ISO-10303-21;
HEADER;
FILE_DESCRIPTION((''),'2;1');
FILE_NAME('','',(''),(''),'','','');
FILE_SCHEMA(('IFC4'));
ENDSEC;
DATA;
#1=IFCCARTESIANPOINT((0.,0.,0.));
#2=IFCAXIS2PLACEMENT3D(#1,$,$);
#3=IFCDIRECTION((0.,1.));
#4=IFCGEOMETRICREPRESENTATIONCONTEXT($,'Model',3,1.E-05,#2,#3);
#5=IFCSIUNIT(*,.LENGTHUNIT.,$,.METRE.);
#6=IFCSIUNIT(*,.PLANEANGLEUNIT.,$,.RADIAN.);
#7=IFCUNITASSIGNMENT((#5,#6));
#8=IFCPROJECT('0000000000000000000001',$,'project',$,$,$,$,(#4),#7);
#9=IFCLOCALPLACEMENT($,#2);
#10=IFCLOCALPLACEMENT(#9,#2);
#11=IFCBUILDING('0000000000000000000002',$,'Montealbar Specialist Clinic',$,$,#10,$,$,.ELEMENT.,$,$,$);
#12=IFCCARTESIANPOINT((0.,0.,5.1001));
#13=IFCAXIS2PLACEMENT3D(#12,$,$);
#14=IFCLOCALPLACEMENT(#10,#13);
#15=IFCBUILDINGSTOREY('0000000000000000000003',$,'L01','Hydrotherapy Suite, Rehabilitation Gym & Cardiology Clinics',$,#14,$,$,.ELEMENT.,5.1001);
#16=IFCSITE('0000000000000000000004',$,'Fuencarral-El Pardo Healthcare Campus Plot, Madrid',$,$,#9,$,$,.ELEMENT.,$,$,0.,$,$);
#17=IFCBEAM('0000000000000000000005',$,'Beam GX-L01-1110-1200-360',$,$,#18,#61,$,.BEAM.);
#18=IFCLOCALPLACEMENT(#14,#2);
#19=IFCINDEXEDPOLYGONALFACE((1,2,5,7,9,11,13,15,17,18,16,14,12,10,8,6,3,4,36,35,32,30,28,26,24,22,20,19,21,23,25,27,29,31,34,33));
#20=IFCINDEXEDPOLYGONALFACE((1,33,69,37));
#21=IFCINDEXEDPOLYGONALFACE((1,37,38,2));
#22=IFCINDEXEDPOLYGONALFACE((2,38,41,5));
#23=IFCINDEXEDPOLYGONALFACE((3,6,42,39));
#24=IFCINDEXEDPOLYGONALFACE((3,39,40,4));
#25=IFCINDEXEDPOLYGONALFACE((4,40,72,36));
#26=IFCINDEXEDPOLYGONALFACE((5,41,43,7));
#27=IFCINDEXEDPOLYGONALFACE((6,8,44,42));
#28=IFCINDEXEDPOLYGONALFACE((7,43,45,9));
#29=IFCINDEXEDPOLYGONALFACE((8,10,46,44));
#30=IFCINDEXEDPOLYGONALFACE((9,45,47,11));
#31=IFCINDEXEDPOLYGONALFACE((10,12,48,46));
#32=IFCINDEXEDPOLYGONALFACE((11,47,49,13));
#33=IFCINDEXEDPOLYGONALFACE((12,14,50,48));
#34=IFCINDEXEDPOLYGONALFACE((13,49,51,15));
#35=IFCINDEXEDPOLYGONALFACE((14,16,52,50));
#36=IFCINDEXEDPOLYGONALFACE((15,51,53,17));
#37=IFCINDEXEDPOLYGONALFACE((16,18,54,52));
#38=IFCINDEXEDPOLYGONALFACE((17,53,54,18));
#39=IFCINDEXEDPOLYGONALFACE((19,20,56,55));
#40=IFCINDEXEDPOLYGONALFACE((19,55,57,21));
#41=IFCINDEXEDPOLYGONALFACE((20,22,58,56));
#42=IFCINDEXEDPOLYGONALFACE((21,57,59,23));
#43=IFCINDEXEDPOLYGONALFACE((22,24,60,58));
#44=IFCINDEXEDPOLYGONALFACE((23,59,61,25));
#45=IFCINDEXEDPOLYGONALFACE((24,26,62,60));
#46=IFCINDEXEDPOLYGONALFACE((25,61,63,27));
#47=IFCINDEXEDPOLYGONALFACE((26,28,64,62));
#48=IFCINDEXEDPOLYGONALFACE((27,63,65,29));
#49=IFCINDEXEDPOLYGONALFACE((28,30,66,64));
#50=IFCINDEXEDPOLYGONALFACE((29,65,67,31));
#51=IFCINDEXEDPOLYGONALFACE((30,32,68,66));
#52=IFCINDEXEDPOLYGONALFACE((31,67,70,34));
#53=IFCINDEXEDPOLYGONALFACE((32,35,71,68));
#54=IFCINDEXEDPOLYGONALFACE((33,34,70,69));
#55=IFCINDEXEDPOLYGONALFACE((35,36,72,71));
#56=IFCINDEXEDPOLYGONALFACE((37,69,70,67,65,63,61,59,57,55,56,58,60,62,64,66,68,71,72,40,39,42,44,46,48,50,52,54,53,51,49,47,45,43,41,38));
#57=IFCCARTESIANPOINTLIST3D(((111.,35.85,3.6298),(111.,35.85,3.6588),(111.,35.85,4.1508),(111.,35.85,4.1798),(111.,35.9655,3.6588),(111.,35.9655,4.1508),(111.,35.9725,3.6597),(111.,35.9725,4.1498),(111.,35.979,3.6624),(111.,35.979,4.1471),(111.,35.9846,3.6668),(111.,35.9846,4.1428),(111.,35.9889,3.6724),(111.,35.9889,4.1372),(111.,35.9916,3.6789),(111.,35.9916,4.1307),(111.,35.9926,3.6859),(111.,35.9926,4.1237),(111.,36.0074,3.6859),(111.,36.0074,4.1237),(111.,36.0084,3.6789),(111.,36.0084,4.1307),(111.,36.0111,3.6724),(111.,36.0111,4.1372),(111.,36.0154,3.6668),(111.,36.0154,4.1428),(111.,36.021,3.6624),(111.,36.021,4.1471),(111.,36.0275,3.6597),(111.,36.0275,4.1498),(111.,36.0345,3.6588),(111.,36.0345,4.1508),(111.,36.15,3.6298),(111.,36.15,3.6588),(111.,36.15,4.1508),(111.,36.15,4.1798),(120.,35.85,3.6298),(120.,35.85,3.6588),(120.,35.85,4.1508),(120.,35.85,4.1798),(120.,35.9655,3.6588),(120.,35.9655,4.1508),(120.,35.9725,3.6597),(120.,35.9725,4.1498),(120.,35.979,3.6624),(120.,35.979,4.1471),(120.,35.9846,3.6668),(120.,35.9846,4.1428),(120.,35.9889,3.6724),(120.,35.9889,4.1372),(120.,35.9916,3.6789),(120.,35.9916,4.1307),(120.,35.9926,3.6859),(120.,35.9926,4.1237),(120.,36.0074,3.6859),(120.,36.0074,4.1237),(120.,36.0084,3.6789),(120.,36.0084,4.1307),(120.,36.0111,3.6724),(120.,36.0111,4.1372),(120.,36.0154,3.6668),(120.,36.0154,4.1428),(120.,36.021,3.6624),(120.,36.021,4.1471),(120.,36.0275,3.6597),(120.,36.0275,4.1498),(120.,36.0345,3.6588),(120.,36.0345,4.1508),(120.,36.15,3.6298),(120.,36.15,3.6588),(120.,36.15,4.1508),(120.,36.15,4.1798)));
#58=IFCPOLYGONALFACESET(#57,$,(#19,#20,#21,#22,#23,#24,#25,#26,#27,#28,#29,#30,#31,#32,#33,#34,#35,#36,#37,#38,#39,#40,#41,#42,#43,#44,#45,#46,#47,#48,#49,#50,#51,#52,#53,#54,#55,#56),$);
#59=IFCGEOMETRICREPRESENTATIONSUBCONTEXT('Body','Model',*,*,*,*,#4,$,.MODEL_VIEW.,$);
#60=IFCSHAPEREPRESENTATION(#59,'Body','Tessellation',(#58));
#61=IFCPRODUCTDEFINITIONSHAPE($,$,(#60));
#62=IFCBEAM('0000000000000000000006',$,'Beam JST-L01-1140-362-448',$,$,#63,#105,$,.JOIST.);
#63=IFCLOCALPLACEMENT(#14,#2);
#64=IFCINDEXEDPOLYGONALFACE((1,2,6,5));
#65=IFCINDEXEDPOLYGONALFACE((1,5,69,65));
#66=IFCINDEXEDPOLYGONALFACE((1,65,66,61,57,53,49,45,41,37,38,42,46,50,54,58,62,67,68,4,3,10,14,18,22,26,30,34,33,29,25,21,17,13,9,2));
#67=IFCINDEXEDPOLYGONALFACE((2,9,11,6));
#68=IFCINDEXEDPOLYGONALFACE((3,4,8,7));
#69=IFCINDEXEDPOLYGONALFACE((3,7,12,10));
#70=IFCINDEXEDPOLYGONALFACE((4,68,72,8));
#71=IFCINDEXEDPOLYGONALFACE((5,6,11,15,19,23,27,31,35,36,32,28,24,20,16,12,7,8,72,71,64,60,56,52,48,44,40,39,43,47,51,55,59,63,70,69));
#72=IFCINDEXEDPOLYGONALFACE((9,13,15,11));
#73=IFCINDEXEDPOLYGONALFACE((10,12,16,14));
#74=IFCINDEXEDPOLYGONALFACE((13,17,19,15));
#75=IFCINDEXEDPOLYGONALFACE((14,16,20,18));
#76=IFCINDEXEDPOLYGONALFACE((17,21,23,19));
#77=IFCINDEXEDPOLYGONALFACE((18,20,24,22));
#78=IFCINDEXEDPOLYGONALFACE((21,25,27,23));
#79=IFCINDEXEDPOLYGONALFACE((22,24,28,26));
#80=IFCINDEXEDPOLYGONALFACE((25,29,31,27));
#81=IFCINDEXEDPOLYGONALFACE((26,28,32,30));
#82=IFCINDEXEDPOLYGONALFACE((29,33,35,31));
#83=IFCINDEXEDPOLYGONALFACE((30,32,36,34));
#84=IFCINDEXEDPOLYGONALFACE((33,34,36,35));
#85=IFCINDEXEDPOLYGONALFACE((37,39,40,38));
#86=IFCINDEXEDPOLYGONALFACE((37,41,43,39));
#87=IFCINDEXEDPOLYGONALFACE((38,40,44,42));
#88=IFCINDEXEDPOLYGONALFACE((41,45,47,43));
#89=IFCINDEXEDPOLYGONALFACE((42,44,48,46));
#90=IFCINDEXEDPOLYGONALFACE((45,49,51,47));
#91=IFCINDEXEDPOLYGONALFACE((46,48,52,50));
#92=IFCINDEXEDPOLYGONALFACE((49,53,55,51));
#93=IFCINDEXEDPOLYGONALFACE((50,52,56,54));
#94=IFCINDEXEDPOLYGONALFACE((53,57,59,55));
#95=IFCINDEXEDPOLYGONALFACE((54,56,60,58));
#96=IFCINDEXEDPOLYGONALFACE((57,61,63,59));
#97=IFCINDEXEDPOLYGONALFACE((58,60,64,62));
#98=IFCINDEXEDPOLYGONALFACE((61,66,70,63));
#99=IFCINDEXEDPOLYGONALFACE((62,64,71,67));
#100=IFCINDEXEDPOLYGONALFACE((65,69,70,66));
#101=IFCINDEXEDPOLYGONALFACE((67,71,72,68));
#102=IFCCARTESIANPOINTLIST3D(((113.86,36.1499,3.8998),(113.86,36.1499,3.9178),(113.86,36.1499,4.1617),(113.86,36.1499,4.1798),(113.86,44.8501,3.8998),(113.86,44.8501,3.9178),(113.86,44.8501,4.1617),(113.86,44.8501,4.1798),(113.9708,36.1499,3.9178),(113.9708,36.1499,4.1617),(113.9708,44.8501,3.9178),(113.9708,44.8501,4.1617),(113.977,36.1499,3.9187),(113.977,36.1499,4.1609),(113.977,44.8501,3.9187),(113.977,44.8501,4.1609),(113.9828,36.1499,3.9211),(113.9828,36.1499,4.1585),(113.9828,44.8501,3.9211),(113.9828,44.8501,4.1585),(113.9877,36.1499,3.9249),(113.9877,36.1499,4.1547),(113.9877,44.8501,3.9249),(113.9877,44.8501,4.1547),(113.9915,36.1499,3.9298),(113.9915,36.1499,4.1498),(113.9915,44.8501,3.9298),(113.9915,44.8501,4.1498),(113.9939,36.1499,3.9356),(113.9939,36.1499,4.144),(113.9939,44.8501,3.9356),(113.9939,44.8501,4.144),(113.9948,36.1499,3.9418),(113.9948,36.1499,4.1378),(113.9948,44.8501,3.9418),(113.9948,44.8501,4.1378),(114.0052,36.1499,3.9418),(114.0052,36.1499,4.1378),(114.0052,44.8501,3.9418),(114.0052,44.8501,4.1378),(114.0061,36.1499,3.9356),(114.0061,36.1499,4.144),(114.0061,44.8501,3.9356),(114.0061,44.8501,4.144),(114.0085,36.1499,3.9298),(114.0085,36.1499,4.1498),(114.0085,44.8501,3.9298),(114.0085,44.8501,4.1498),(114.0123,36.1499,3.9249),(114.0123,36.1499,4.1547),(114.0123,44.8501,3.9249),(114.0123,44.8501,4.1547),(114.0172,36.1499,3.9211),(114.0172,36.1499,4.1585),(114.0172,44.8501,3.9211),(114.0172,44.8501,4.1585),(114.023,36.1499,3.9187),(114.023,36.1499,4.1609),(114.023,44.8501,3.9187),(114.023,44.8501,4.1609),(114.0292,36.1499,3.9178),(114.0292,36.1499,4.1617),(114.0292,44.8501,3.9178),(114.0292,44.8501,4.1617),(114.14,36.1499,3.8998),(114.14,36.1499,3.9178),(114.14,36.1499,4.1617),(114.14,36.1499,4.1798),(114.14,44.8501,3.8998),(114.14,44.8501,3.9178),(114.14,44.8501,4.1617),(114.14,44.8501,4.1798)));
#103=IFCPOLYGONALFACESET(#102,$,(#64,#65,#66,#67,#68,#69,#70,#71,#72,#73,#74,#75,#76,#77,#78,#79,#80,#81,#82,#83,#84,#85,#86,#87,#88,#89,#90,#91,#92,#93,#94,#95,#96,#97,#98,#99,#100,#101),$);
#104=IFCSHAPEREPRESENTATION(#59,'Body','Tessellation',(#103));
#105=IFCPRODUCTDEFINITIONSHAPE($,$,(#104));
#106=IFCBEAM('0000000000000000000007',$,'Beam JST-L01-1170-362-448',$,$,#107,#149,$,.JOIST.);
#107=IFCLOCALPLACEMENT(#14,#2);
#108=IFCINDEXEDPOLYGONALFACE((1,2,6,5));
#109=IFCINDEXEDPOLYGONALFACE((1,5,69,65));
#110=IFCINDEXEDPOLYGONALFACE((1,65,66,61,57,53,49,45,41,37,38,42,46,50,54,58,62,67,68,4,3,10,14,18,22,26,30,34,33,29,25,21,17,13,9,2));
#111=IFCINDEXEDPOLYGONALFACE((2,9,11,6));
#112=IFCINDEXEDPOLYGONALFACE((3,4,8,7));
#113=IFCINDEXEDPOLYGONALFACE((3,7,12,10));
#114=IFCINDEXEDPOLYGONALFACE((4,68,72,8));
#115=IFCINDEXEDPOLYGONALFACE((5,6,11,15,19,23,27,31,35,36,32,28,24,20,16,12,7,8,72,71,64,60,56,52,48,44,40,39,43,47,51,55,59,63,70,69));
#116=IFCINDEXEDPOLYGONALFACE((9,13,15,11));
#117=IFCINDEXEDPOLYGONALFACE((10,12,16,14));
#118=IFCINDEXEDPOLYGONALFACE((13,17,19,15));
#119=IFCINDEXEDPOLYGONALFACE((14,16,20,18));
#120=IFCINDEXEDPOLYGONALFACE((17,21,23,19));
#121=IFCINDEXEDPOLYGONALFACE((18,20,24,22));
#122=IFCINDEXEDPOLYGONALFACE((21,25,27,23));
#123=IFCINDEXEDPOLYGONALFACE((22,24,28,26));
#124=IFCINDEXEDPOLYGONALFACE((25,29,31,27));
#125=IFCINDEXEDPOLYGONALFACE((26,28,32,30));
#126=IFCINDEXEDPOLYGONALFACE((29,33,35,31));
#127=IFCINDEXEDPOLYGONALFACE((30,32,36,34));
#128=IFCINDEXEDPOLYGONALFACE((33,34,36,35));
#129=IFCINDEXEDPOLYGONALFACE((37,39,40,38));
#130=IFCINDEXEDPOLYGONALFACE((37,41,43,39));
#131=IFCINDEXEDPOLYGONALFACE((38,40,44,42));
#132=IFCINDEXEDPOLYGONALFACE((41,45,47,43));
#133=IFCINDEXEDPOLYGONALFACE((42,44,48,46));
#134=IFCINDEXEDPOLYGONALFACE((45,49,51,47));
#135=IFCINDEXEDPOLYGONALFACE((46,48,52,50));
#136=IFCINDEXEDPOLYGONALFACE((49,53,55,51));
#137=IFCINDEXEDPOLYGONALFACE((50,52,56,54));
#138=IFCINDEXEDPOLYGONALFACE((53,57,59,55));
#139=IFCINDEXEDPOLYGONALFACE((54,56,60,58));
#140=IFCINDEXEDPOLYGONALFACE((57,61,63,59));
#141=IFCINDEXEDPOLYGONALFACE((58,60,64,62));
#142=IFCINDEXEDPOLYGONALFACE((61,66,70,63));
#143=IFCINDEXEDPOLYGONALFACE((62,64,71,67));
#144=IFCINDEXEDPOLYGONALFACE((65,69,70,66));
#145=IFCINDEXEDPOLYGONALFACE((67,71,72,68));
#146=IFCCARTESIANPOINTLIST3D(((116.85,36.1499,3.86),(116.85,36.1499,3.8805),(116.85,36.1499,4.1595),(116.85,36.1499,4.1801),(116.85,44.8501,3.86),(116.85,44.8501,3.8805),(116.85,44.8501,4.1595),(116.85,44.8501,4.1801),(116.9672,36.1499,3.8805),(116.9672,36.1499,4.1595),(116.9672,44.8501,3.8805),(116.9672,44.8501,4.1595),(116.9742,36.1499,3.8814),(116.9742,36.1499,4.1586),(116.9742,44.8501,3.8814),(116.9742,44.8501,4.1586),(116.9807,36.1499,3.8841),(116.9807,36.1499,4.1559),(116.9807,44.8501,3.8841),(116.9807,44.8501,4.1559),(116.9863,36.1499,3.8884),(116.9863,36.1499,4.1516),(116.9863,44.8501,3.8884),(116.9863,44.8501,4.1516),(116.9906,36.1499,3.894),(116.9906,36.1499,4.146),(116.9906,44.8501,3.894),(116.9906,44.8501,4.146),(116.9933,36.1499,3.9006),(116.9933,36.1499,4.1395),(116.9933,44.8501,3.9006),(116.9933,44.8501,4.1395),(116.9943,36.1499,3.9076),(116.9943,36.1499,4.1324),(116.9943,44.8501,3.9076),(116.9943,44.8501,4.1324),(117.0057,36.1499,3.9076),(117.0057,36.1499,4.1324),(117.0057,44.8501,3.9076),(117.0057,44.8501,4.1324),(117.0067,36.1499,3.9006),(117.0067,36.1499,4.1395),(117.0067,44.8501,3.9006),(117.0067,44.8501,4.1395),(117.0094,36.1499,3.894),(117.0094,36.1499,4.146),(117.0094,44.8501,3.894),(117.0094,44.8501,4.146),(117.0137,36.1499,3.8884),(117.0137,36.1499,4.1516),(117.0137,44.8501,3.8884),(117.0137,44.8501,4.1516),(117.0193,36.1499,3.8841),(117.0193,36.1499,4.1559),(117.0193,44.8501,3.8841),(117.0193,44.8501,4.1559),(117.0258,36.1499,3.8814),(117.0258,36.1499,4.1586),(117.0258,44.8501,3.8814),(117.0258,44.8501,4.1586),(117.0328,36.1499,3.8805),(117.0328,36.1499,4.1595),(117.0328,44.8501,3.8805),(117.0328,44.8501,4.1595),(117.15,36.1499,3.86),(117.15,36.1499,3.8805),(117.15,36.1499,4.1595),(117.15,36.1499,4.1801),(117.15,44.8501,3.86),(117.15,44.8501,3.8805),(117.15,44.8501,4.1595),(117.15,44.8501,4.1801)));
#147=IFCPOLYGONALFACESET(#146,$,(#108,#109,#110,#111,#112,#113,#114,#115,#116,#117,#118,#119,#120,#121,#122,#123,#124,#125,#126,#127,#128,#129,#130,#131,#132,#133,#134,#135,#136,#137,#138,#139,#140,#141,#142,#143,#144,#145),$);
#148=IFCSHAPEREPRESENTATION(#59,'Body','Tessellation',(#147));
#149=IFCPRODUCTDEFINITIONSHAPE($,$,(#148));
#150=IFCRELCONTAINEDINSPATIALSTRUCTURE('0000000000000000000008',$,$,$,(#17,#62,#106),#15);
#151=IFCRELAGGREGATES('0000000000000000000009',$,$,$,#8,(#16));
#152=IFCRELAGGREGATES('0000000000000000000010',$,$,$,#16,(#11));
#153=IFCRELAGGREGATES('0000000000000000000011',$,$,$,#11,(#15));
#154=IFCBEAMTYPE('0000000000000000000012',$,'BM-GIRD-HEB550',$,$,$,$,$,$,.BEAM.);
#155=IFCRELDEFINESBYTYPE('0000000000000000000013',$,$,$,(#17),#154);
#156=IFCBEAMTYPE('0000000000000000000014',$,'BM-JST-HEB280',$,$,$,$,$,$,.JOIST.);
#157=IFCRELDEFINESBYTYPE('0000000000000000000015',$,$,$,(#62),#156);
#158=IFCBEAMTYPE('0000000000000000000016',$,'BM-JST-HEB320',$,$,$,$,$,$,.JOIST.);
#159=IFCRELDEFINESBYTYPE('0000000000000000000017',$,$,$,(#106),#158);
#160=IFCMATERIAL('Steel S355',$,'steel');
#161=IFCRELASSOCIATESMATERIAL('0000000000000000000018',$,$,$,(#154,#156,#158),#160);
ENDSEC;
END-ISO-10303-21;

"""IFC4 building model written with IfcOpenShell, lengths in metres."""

from ifc_helpers import new_model, si_unit, direction, frame, origin, origin_2d, place, context, subcontext, project, spatial, i_section, extrude, material, material_profile, profile_set, type_object, element, save


model = new_model("IFC4")

# Units and contexts
model_context = context("Model", 3, precision=1e-05, world=origin(), true_north=direction((0.0, 1.0)))
body_context = subcontext(model_context, "Body", "Model", "MODEL_VIEW")
ifc_project = project(units=[si_unit("LENGTHUNIT", "METRE"), si_unit("PLANEANGLEUNIT", "RADIAN")], contexts=[model_context])

# Site, building, storey
site_placement = place(None, origin())
site = spatial("IfcSite", under=ifc_project, at=site_placement, Name="Fuencarral-El Pardo Healthcare Campus Plot, Madrid", CompositionType="ELEMENT", RefElevation=0.0)
building_placement = place(site_placement, origin())
building = spatial("IfcBuilding", under=site, at=building_placement, Name="Montealbar Specialist Clinic", CompositionType="ELEMENT")
storey_placement = place(building_placement, frame((0.0, 0.0, 5.1001)))
storey = spatial("IfcBuildingStorey", under=building, at=storey_placement, Name="L01", Description="Hydrotherapy Suite, Rehabilitation Gym & Cardiology Clinics", CompositionType="ELEMENT", Elevation=5.1001)

# Shared definitions
ifc_material_1 = material(Name="Steel S355", Category="steel")

# Beams
ifc_material_profile_1 = material_profile(ifc_material_1, i_section(OverallWidth=0.3, OverallDepth=0.55, WebThickness=0.0149, FlangeThickness=0.0291, FilletRadius=0.0271, at=origin_2d()), Name="HEB 550", Category="steel")
ifc_profile_set_1 = profile_set([ifc_material_profile_1], Name="Steel S355")
beam_type_1 = type_object("IfcBeamType", Name="BM-GIRD-HEB550", PredefinedType="BEAM", material=ifc_profile_set_1)
beam_1_placement = place(storey_placement, frame((111.0, 36.0, 3.9048), z_axis=(1.0, 0.0, 0.0), x_axis=(0.0, 1.0, 0.0)))
element("IfcBeam", 1, at=beam_1_placement, inside=storey, type_object=beam_type_1, Name="Beam GX-L01-1110-1200-360", PredefinedType="BEAM", context=body_context, shape_type="SweptSolid", body=[
    extrude(i_section(OverallWidth=0.3, OverallDepth=0.55, WebThickness=0.0149, FlangeThickness=0.0291, FilletRadius=0.0271, at=origin_2d()), origin(), (0.0, 0.0, 1.0), 9.0),
])
ifc_material_profile_2 = material_profile(ifc_material_1, i_section(OverallWidth=0.28, OverallDepth=0.28, WebThickness=0.0105, FlangeThickness=0.0181, FilletRadius=0.0239, at=origin_2d()), Name="HEB 280", Category="steel")
ifc_profile_set_2 = profile_set([ifc_material_profile_2], Name="Steel S355")
beam_type_2 = type_object("IfcBeamType", Name="BM-JST-HEB280", PredefinedType="JOIST", material=ifc_profile_set_2)
beam_2_placement = place(storey_placement, frame((114.0, 36.1499, 4.0398), z_axis=(0.0, 1.0, 0.0), x_axis=(-1.0, 0.0, 0.0)))
element("IfcBeam", 2, at=beam_2_placement, inside=storey, type_object=beam_type_2, Name="Beam JST-L01-1140-362-448", PredefinedType="JOIST", context=body_context, shape_type="SweptSolid", body=[
    extrude(i_section(OverallWidth=0.28, OverallDepth=0.28, WebThickness=0.0105, FlangeThickness=0.0181, FilletRadius=0.0239, at=origin_2d()), origin(), (0.0, 0.0, 1.0), 8.7002),
])
ifc_material_profile_3 = material_profile(ifc_material_1, i_section(OverallWidth=0.3, OverallDepth=0.3201, WebThickness=0.0115, FlangeThickness=0.0205, FilletRadius=0.0271, at=origin_2d()), Name="HEB 320", Category="steel")
ifc_profile_set_3 = profile_set([ifc_material_profile_3], Name="Steel S355")
beam_type_3 = type_object("IfcBeamType", Name="BM-JST-HEB320", PredefinedType="JOIST", material=ifc_profile_set_3)
beam_3_placement = place(storey_placement, frame((117.0, 36.1499, 4.02), z_axis=(0.0, 1.0, 0.0), x_axis=(-1.0, 0.0, 0.0)))
element("IfcBeam", 3, at=beam_3_placement, inside=storey, type_object=beam_type_3, Name="Beam JST-L01-1170-362-448", PredefinedType="JOIST", context=body_context, shape_type="SweptSolid", body=[
    extrude(i_section(OverallWidth=0.3, OverallDepth=0.3201, WebThickness=0.0115, FlangeThickness=0.0205, FilletRadius=0.0271, at=origin_2d()), origin(), (0.0, 0.0, 1.0), 8.7002),
])

save(model, "model.ifc")
